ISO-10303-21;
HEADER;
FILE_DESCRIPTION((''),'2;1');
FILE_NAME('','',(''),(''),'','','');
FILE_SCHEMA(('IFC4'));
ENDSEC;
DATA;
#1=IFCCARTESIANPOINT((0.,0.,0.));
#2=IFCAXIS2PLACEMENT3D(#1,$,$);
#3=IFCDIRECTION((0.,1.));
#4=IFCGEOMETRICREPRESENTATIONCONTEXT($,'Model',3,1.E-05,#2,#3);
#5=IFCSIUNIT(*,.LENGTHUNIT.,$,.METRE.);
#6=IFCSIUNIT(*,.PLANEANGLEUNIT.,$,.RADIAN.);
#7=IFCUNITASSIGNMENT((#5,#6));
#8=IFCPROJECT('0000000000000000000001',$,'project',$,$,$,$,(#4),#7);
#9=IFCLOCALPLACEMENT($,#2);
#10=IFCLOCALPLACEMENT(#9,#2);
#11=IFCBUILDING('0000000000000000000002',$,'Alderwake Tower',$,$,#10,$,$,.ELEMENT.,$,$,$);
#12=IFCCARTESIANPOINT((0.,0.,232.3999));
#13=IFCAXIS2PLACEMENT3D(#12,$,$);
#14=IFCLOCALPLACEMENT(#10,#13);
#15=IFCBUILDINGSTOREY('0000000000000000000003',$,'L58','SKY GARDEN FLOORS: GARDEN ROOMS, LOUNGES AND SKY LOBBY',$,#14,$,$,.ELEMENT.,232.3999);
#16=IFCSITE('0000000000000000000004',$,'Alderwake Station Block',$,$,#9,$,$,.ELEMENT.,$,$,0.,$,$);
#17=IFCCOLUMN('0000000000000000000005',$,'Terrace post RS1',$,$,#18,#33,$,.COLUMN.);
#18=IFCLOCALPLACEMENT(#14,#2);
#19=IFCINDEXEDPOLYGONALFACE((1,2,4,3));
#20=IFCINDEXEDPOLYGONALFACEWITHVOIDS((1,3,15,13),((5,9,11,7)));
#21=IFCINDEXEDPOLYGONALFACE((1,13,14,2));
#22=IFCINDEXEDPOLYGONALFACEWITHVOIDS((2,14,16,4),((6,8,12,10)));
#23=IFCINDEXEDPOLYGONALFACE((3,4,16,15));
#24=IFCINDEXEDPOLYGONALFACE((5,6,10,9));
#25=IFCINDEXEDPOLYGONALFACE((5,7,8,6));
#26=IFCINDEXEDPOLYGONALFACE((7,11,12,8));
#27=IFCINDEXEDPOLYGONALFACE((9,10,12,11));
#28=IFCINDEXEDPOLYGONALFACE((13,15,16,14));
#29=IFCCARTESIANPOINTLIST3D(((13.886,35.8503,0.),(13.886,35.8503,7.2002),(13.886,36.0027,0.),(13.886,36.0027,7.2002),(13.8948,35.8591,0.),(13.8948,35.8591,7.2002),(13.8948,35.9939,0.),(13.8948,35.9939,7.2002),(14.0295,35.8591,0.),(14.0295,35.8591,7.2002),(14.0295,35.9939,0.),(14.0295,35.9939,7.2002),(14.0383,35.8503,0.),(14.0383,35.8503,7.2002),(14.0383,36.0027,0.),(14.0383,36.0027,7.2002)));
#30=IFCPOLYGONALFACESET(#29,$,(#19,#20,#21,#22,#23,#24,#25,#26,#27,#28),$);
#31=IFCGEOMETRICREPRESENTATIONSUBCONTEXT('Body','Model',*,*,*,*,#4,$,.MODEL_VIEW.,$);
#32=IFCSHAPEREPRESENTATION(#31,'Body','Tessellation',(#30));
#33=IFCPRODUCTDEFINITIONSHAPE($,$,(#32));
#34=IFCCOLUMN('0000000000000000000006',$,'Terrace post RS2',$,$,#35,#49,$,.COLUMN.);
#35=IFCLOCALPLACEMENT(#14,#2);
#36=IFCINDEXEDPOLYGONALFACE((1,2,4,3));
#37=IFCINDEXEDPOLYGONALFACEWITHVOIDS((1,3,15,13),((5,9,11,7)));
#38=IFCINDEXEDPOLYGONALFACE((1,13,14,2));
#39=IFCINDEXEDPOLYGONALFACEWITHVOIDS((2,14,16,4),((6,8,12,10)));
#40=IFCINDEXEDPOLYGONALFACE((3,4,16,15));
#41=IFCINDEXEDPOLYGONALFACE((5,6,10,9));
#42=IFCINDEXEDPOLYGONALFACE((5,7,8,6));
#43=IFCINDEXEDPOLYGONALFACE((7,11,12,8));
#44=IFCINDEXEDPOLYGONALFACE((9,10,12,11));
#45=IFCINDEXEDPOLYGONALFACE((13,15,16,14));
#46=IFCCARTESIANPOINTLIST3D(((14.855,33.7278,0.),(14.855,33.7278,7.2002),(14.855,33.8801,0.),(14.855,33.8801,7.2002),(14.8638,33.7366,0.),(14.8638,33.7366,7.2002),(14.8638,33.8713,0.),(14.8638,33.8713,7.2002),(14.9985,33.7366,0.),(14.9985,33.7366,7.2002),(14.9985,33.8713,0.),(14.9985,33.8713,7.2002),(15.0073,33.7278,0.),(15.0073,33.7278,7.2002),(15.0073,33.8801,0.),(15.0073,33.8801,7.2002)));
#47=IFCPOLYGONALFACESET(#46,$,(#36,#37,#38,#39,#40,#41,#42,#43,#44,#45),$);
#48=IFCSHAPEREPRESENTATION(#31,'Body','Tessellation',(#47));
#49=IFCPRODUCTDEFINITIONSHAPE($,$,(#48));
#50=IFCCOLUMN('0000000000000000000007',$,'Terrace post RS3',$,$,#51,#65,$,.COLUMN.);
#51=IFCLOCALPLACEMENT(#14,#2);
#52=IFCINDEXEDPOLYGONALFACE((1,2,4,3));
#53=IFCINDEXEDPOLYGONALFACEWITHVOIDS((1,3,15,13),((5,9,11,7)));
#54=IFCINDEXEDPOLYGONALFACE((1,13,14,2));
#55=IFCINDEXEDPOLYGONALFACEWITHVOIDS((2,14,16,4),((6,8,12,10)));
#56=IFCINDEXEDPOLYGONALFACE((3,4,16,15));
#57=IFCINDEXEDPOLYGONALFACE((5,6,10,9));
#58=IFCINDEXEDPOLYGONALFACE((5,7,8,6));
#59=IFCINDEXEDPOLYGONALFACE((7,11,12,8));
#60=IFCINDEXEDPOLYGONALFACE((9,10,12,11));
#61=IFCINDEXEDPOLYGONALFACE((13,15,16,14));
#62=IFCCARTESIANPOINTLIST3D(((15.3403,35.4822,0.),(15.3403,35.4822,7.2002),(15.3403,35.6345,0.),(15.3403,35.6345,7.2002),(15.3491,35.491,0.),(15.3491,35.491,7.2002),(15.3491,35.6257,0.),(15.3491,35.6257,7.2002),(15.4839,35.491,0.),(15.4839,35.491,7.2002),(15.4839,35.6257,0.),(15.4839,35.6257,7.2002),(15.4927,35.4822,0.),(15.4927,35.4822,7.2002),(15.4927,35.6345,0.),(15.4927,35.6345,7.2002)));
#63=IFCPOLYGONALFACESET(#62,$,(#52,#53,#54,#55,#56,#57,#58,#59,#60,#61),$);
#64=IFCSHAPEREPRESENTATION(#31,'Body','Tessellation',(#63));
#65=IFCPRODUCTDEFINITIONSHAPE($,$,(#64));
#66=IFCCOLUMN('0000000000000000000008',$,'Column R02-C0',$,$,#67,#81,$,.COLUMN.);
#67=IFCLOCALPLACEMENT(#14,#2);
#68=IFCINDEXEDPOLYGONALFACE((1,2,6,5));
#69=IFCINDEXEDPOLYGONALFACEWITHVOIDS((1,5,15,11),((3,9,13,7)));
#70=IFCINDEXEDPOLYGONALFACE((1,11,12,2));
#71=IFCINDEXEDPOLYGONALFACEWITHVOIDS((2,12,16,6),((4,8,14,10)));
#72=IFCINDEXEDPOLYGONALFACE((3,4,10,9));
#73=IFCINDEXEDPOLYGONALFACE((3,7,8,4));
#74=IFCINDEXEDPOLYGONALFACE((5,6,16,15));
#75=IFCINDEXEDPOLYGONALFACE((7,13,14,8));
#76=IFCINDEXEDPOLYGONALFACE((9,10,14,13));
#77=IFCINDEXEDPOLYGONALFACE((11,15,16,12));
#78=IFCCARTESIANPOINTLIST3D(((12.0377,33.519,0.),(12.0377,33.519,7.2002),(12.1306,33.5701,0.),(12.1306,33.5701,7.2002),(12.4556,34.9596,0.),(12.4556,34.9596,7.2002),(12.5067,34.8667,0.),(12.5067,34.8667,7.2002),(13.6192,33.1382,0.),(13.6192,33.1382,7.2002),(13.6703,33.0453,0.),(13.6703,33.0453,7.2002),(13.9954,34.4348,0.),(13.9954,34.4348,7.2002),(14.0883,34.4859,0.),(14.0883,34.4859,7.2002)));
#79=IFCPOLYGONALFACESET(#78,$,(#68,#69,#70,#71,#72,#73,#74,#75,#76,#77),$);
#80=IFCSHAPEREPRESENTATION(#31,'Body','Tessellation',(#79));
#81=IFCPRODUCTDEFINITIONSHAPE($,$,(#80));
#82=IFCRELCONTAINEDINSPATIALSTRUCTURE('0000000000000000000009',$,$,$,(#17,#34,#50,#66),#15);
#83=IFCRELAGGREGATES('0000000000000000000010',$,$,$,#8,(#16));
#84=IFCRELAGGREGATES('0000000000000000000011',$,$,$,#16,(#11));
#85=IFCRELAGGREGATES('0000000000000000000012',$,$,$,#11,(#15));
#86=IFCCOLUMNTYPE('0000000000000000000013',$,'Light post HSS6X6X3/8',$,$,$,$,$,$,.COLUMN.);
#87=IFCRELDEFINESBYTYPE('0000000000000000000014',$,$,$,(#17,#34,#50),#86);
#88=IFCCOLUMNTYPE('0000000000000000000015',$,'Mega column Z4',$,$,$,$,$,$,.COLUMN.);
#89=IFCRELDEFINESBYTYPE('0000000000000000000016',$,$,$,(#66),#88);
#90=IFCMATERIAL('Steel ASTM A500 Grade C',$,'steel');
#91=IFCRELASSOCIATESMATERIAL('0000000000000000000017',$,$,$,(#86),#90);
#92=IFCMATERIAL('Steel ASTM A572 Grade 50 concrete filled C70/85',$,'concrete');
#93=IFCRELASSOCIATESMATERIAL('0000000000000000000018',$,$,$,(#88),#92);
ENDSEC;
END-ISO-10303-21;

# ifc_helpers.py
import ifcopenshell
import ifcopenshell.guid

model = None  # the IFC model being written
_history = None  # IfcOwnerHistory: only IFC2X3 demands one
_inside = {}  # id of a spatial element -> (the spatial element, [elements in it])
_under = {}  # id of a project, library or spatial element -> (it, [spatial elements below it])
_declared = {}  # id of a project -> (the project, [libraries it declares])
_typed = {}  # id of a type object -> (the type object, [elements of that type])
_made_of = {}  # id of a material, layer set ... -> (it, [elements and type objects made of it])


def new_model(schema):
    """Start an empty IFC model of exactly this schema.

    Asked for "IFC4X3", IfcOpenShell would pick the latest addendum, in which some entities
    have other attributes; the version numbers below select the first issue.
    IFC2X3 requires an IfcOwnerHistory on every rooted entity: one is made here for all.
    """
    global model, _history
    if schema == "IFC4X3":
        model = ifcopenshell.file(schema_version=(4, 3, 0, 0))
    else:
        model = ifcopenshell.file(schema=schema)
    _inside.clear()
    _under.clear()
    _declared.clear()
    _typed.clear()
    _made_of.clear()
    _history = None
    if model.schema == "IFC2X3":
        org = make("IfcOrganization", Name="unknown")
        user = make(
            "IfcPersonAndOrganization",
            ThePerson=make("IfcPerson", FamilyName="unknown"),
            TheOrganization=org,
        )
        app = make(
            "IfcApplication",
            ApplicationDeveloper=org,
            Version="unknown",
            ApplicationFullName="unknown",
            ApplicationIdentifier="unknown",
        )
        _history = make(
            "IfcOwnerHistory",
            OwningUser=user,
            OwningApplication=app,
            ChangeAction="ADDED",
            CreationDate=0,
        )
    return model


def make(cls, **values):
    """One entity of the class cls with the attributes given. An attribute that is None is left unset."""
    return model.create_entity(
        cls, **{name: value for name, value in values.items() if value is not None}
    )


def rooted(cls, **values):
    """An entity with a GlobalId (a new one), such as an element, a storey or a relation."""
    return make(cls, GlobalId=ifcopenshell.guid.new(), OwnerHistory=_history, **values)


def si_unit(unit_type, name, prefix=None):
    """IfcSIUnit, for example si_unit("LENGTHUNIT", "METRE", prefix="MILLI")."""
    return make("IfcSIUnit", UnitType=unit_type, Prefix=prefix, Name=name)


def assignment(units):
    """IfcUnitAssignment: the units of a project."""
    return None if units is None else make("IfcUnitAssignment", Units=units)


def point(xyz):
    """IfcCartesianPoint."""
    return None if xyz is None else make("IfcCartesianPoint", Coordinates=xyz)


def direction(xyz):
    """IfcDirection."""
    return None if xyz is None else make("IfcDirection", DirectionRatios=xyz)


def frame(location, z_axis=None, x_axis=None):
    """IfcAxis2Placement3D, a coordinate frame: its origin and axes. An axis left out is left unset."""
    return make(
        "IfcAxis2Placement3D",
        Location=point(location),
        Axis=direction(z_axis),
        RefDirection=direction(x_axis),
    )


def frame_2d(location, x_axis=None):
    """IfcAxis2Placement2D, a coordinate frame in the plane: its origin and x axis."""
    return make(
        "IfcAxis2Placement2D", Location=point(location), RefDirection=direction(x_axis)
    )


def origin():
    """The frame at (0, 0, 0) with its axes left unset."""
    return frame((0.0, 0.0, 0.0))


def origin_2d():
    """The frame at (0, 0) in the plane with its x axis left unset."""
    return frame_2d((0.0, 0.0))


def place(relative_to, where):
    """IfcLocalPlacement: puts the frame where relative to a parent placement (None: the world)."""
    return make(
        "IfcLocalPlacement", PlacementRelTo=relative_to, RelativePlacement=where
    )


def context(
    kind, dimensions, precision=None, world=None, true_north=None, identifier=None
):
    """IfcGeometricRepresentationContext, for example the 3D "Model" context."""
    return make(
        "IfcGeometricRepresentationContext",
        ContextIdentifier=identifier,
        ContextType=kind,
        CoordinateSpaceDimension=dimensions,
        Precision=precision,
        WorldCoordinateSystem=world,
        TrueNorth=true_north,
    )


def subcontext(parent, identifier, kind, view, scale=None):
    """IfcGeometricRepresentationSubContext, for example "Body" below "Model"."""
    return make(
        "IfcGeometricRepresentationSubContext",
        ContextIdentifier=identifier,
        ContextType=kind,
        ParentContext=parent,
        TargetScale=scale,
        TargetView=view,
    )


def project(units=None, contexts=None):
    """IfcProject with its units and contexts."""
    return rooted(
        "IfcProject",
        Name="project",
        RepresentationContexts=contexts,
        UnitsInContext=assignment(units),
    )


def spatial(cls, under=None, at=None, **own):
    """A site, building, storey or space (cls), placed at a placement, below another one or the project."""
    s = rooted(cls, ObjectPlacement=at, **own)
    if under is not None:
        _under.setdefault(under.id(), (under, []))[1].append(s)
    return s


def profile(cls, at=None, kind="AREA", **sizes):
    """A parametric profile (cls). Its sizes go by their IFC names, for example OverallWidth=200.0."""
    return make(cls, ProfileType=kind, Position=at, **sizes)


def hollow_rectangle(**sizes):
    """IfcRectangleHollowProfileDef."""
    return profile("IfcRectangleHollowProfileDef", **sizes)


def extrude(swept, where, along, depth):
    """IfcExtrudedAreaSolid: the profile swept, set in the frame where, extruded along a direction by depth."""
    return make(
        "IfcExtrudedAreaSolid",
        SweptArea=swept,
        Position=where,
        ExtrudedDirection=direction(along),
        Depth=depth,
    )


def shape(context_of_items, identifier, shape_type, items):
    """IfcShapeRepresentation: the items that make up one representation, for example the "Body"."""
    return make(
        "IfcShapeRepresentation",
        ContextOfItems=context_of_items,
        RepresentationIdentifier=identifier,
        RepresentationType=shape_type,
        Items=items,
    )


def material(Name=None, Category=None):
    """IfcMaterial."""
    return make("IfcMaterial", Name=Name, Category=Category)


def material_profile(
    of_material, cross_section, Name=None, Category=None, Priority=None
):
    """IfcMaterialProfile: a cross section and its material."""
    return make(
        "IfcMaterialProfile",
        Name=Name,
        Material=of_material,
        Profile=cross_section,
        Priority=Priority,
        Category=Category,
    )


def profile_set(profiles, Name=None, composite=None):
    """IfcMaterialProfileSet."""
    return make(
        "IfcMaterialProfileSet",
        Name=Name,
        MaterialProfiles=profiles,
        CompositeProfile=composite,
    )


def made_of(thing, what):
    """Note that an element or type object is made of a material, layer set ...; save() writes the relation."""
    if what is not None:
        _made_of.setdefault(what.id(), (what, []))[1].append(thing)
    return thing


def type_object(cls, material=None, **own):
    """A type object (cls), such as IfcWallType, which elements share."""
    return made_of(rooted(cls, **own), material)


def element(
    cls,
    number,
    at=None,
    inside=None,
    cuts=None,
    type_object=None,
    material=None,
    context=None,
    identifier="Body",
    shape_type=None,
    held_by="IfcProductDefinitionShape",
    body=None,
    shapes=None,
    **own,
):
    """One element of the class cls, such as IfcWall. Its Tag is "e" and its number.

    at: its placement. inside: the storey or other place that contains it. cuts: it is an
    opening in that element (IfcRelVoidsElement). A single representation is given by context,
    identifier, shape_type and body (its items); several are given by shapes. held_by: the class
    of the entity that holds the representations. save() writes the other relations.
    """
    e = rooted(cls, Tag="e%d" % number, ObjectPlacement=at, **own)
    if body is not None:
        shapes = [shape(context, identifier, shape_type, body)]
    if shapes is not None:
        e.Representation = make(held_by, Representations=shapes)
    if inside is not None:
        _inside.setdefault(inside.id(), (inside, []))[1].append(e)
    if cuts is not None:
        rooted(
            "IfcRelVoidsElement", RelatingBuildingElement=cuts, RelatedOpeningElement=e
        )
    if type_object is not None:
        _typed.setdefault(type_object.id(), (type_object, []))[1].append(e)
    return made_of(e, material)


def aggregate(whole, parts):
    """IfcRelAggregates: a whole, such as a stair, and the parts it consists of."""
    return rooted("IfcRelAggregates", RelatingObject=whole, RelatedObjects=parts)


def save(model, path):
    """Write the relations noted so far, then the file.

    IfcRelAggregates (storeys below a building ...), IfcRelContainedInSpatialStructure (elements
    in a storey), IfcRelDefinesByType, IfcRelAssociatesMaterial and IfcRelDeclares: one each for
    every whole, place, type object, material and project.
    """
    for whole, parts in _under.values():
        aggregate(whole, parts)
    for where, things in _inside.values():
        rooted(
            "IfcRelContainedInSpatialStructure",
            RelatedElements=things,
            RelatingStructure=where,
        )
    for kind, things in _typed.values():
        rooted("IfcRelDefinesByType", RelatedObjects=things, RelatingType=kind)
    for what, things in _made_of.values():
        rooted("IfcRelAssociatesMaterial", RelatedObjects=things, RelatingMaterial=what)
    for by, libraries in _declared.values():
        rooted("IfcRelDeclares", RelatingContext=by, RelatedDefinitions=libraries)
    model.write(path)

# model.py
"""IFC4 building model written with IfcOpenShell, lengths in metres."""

from ifc_helpers import new_model, si_unit, direction, frame, origin, origin_2d, place, context, subcontext, project, spatial, hollow_rectangle, extrude, material, material_profile, profile_set, type_object, element, save


model = new_model("IFC4")

# Units and contexts
model_context = context("Model", 3, precision=1e-05, world=origin(), true_north=direction((0.0, 1.0)))
body_context = subcontext(model_context, "Body", "Model", "MODEL_VIEW")
ifc_project = project(units=[si_unit("LENGTHUNIT", "METRE"), si_unit("PLANEANGLEUNIT", "RADIAN")], contexts=[model_context])

# Site, building, storey
site_placement = place(None, origin())
site = spatial("IfcSite", under=ifc_project, at=site_placement, Name="Alderwake Station Block", CompositionType="ELEMENT", RefElevation=0.0)
building_placement = place(site_placement, origin())
building = spatial("IfcBuilding", under=site, at=building_placement, Name="Alderwake Tower", CompositionType="ELEMENT")
storey_placement = place(building_placement, frame((0.0, 0.0, 232.3999)))
storey = spatial("IfcBuildingStorey", under=building, at=storey_placement, Name="L58", Description="SKY GARDEN FLOORS: GARDEN ROOMS, LOUNGES AND SKY LOBBY", CompositionType="ELEMENT", Elevation=232.3999)

# Columns
ifc_material_1 = material(Name="Steel ASTM A500 Grade C", Category="steel")
ifc_material_profile_1 = material_profile(ifc_material_1, hollow_rectangle(XDim=0.1523, YDim=0.1523, WallThickness=0.0088, at=origin_2d()), Name="HSS6X6X3/8")
ifc_profile_set_1 = profile_set([ifc_material_profile_1], Name="Steel ASTM A500 Grade C")
column_type_1 = type_object("IfcColumnType", Name="Light post HSS6X6X3/8", PredefinedType="COLUMN", material=ifc_profile_set_1)
for number, where, z_axis, x_axis, name in (
    (1, (13.9622, 35.9265, 0.0), (0.0, 0.0, 1.0), (1.0, 0.0, 0.0), "Terrace post RS1"),
    (2, (14.9312, 33.804, 0.0), (0.0, 0.0, 1.0), (1.0, 0.0, 0.0), "Terrace post RS2"),
    (3, (15.4165, 35.5583, 0.0), (0.0, 0.0, 1.0), (1.0, 0.0, 0.0), "Terrace post RS3"),
):
    element("IfcColumn", number, at=place(storey_placement, frame(where, z_axis=z_axis, x_axis=x_axis)), inside=storey, type_object=column_type_1, Name=name, PredefinedType="COLUMN", context=body_context, shape_type="SweptSolid", body=[
        extrude(hollow_rectangle(XDim=0.1523, YDim=0.1523, WallThickness=0.0088, at=origin_2d()), origin(), (0.0, 0.0, 1.0), 7.2002),
    ])
ifc_material_2 = material(Name="Steel ASTM A572 Grade 50 concrete filled C70/85", Category="concrete")
ifc_material_profile_2 = material_profile(ifc_material_2, hollow_rectangle(XDim=1.5, YDim=1.7, WallThickness=0.075, at=origin_2d()), Name="BOX 1700X1500X75")
ifc_profile_set_2 = profile_set([ifc_material_profile_2], Name="Steel ASTM A572 Grade 50 concrete filled C70/85")
column_type_2 = type_object("IfcColumnType", Name="Mega column Z4", PredefinedType="COLUMN", material=ifc_profile_set_2)
column_placement = place(storey_placement, frame((13.063, 34.0024, 0.0), z_axis=(0.0, 0.0, 1.0), x_axis=(0.278612, 0.960404, 0.0)))
element("IfcColumn", 4, at=column_placement, inside=storey, type_object=column_type_2, Name="Column R02-C0", PredefinedType="COLUMN", context=body_context, shape_type="SweptSolid", body=[
    extrude(hollow_rectangle(XDim=1.5, YDim=1.7, WallThickness=0.075, at=origin_2d()), origin(), (0.0, 0.0, 1.0), 7.2002),
])

save(model, "model.ifc")
